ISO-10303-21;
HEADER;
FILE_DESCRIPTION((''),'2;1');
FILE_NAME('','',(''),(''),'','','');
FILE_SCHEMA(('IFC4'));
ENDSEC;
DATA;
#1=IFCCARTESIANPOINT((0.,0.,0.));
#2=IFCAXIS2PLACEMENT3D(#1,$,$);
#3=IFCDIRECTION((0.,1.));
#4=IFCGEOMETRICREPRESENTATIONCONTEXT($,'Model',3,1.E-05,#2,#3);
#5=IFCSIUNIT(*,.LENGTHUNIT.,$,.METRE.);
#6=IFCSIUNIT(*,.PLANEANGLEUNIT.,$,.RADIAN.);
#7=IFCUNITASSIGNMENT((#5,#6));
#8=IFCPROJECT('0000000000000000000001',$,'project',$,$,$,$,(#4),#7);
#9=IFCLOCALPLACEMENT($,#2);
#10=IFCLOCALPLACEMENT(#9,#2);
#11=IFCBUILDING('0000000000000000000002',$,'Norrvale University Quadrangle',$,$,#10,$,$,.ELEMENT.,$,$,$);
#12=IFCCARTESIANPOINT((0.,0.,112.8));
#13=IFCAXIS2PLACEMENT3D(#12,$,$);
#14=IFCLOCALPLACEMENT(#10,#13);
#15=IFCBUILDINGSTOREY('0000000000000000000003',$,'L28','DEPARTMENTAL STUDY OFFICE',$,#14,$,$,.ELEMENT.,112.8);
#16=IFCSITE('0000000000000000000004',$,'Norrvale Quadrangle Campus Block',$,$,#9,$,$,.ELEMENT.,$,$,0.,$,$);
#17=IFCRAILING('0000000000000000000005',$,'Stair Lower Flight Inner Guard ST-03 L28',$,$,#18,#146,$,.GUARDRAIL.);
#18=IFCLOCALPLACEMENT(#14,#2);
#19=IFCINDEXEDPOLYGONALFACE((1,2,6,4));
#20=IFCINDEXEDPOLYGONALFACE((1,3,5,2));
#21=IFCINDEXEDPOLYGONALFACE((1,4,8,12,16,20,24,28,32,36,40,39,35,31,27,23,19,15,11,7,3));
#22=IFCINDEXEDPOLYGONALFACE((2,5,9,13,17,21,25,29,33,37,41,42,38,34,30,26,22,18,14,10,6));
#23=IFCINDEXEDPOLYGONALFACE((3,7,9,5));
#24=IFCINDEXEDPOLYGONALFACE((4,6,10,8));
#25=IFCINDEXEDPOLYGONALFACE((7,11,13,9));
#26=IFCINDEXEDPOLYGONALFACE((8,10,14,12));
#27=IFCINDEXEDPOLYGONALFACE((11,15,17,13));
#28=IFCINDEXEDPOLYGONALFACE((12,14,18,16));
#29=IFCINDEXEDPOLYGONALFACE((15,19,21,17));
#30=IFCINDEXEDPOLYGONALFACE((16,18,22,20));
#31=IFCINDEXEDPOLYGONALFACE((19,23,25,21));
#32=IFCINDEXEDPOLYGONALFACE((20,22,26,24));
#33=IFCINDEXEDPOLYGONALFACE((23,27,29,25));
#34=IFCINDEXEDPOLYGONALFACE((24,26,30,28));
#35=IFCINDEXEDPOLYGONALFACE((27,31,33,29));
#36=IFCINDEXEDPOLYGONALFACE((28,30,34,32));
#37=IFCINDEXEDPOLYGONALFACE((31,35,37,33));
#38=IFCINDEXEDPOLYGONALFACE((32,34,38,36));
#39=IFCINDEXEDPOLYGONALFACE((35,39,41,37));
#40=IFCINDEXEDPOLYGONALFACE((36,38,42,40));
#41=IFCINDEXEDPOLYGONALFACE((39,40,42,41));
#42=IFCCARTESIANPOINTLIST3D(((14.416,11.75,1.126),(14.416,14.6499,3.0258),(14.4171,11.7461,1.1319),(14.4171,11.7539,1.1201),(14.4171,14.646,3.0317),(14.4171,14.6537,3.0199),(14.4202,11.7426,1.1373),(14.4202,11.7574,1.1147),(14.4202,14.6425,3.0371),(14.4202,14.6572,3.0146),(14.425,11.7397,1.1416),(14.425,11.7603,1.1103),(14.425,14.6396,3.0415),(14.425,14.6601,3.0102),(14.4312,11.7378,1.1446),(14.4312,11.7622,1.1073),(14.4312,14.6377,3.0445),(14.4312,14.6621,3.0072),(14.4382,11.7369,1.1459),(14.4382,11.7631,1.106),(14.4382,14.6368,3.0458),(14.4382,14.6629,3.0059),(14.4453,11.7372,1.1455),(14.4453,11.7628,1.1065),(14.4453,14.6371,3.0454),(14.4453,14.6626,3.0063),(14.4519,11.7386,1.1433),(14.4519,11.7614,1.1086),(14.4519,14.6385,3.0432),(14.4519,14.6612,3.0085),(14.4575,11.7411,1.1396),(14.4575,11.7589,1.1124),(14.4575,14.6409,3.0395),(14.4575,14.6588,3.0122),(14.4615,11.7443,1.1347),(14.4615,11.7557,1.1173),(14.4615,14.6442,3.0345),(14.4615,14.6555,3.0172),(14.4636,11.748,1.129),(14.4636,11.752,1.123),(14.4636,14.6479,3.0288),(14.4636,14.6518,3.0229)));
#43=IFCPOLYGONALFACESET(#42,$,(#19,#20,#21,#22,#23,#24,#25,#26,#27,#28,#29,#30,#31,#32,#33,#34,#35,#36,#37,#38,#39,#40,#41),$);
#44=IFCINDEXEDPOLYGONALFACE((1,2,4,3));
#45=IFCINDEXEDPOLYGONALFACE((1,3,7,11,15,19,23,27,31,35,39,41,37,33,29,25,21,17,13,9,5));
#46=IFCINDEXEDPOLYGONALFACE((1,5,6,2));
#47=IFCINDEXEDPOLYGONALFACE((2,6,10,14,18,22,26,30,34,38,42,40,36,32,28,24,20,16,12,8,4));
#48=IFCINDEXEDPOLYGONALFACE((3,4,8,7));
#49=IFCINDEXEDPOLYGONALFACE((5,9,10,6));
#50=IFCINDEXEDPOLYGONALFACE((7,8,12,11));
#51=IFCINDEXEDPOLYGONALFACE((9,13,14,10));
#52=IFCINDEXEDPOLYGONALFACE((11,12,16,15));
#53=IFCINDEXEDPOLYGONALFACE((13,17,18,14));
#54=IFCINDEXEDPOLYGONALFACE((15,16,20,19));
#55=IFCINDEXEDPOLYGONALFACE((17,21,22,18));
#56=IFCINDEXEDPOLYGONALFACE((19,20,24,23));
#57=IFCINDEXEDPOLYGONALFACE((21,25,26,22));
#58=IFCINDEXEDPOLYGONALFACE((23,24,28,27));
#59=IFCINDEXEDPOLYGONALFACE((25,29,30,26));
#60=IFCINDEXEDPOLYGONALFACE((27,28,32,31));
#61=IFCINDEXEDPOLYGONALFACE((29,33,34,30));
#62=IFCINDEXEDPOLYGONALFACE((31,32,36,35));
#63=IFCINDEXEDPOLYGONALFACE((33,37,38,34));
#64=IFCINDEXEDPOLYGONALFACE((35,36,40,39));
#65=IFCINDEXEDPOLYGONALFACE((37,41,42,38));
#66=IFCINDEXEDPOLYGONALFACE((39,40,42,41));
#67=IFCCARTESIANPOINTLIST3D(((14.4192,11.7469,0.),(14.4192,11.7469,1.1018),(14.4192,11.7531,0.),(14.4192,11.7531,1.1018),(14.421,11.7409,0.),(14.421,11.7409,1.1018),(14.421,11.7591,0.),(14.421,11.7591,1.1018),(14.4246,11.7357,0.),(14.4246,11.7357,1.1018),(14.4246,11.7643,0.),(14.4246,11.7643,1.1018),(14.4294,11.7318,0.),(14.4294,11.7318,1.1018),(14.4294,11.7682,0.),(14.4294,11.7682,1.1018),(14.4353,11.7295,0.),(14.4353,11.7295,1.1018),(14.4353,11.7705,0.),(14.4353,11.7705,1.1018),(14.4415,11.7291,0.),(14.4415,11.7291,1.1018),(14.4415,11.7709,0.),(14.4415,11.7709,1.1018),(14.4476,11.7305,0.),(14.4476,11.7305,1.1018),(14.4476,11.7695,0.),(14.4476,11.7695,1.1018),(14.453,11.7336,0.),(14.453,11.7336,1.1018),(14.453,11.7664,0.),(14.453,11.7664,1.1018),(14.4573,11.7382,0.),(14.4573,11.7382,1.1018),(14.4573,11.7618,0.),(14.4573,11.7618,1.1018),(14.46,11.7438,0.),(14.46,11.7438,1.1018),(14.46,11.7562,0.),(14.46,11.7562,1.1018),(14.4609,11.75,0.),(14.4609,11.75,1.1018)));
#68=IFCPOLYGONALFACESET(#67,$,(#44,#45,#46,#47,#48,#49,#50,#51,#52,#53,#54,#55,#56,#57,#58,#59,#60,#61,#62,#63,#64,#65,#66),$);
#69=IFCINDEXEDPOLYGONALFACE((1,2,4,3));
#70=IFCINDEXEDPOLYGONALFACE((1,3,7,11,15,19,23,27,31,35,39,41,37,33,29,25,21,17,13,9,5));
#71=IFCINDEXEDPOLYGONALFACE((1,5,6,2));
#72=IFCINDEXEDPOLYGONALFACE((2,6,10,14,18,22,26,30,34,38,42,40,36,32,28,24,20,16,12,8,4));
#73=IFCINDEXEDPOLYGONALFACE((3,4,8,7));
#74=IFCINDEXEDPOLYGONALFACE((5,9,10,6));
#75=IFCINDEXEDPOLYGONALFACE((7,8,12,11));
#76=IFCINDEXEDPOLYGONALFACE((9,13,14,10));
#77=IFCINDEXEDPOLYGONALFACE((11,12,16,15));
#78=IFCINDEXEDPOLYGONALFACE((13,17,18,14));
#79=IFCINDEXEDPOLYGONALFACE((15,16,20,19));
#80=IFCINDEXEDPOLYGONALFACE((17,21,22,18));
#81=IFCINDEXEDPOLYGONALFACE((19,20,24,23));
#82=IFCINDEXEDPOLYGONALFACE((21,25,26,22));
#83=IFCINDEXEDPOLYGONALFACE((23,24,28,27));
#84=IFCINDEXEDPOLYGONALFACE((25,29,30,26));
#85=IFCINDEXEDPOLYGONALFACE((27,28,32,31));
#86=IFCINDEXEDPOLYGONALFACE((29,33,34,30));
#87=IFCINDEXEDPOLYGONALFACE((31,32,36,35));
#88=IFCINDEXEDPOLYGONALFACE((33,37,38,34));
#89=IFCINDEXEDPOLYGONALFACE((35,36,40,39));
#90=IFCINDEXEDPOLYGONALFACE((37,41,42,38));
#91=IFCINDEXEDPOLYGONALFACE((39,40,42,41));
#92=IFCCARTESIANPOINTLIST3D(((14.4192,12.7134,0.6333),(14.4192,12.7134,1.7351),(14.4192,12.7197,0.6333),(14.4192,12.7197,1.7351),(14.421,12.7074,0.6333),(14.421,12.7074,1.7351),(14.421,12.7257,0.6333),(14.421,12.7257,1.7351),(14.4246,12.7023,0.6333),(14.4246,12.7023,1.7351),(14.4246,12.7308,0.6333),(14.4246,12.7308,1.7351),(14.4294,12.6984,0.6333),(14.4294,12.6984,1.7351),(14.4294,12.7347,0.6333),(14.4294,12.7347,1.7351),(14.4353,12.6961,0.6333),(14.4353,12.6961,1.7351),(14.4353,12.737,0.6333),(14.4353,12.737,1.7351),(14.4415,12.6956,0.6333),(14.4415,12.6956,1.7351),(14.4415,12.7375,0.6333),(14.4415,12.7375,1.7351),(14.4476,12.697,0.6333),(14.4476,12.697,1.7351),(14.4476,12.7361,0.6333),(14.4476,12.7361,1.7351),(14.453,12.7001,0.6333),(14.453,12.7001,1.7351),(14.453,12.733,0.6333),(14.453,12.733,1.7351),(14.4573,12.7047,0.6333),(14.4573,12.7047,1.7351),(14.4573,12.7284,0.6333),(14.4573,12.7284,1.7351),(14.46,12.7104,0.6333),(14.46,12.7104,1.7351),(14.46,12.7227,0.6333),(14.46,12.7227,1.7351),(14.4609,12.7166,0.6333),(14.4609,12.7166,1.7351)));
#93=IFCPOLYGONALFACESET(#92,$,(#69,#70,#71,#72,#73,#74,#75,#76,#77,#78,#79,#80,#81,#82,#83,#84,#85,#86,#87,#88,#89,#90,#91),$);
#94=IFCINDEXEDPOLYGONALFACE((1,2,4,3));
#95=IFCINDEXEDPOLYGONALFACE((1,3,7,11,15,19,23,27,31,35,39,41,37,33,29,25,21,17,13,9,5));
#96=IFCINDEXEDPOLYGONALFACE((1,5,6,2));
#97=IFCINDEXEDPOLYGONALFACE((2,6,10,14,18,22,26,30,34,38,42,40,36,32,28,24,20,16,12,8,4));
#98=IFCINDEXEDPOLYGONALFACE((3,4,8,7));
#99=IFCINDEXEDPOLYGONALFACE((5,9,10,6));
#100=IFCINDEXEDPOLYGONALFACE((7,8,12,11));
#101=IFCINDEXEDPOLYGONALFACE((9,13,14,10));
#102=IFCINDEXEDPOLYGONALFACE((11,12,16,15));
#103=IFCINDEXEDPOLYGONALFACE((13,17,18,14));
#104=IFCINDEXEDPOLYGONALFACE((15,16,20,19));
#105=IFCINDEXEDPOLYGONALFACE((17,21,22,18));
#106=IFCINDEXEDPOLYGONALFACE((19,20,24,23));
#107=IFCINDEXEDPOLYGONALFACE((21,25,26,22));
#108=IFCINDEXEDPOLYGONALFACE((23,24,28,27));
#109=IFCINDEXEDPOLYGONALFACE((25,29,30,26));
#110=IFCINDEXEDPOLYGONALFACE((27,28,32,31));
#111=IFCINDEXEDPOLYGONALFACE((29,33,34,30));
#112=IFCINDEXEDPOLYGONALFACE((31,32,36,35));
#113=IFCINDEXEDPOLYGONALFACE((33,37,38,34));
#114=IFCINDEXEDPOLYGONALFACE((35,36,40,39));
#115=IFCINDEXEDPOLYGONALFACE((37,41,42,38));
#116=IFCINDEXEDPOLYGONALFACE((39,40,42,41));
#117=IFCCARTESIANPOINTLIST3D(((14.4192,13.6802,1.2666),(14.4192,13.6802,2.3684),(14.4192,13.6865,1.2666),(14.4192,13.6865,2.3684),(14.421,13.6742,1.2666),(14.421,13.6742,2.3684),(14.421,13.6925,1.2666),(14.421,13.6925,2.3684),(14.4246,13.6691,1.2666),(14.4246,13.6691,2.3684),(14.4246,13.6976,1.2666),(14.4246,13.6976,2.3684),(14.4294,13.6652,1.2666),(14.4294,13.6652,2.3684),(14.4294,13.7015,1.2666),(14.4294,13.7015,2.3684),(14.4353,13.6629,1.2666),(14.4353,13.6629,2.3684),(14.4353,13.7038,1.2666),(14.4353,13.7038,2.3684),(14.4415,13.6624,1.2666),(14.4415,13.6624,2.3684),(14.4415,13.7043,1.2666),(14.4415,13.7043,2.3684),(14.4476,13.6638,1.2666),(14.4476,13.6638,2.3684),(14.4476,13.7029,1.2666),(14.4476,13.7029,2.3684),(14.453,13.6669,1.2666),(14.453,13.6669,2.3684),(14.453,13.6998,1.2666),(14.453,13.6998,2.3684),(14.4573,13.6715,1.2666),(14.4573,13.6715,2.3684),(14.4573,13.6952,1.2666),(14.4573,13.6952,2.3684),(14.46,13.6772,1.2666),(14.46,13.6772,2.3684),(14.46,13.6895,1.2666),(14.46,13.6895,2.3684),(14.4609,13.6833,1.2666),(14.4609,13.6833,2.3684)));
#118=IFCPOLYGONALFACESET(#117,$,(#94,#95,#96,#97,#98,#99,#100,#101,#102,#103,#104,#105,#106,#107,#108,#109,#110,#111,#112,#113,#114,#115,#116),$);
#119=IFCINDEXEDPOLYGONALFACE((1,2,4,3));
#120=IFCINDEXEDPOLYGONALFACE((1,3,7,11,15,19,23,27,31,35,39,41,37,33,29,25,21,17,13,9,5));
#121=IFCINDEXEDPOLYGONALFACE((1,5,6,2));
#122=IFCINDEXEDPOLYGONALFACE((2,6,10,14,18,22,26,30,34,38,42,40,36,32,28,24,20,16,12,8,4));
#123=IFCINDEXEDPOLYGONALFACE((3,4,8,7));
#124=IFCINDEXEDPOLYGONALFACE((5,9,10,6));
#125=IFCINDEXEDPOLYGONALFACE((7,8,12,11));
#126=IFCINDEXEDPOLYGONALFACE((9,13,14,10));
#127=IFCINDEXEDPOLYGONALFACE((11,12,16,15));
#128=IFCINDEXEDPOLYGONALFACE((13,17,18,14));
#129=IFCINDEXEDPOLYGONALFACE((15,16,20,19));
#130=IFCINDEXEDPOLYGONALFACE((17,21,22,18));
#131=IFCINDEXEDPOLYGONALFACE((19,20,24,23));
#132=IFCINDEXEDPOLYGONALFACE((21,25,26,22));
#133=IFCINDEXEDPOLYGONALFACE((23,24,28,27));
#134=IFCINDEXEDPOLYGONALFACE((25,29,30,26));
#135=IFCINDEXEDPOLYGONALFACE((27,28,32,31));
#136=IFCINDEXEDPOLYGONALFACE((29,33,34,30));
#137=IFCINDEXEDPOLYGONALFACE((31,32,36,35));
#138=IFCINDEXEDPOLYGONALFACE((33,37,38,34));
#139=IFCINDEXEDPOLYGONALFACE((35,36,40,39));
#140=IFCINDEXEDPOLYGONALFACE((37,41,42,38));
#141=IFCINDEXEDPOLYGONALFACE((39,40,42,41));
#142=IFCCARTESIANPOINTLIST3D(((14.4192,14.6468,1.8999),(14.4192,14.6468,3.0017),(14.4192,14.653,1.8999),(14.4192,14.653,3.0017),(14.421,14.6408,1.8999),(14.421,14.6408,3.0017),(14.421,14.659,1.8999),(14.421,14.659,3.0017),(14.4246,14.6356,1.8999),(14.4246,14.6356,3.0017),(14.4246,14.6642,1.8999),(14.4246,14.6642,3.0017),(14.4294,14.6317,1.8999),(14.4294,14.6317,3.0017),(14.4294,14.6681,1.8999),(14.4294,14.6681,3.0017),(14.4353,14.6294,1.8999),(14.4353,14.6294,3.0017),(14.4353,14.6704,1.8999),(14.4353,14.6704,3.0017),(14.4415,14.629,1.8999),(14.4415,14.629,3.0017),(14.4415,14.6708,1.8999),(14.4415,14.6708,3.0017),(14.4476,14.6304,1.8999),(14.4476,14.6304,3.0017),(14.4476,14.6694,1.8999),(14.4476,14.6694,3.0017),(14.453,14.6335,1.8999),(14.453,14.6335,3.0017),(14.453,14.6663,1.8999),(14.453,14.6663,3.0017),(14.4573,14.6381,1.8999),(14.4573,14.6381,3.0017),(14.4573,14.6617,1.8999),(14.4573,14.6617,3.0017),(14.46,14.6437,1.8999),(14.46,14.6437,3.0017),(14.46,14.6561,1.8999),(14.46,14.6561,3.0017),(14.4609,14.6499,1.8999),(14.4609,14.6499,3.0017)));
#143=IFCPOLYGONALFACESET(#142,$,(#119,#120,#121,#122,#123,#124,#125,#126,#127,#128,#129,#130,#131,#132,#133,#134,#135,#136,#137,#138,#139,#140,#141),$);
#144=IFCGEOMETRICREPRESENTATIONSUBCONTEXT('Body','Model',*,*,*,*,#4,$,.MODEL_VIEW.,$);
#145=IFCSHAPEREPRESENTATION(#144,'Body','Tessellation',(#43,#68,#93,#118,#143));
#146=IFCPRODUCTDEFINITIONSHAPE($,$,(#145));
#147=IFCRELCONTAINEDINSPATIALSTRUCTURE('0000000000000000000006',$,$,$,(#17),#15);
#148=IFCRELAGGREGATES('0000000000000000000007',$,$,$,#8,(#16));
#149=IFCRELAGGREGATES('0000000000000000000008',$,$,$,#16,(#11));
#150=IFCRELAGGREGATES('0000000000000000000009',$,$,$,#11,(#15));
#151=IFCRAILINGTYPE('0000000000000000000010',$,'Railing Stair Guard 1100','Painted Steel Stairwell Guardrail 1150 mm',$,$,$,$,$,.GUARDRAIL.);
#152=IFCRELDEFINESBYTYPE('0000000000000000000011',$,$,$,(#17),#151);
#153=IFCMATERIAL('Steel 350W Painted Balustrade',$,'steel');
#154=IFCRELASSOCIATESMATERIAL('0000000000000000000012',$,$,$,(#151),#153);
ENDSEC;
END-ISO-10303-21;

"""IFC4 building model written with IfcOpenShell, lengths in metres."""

from ifc_helpers import new_model, si_unit, direction, frame, origin, origin_2d, place, context, subcontext, project, spatial, circle, extrude, material, type_object, element, save


model = new_model("IFC4")

# Units and contexts
model_context = context("Model", 3, precision=1e-05, world=origin(), true_north=direction((0.0, 1.0)))
body_context = subcontext(model_context, "Body", "Model", "MODEL_VIEW")
ifc_project = project(units=[si_unit("LENGTHUNIT", "METRE"), si_unit("PLANEANGLEUNIT", "RADIAN")], contexts=[model_context])

# Site, building, storey
site_placement = place(None, origin())
site = spatial("IfcSite", under=ifc_project, at=site_placement, Name="Norrvale Quadrangle Campus Block", CompositionType="ELEMENT", RefElevation=0.0)
building_placement = place(site_placement, origin())
building = spatial("IfcBuilding", under=site, at=building_placement, Name="Norrvale University Quadrangle", CompositionType="ELEMENT")
storey_placement = place(building_placement, frame((0.0, 0.0, 112.8)))
storey = spatial("IfcBuildingStorey", under=building, at=storey_placement, Name="L28", Description="DEPARTMENTAL STUDY OFFICE", CompositionType="ELEMENT", Elevation=112.8)

# Railing
ifc_material_1 = material(Name="Steel 350W Painted Balustrade", Category="steel")
railing_type_1 = type_object("IfcRailingType", Name="Railing Stair Guard 1100", Description="Painted Steel Stairwell Guardrail 1150 mm", PredefinedType="GUARDRAIL", material=ifc_material_1)
railing_1_placement = place(storey_placement, frame((14.4399, 11.75, 0.0)))
element("IfcRailing", 1, at=railing_1_placement, inside=storey, type_object=railing_type_1, Name="Stair Lower Flight Inner Guard ST-03 L28", PredefinedType="GUARDRAIL", context=body_context, shape_type="SweptSolid", body=[
    extrude(circle(Radius=0.0239, at=origin_2d()), frame((0.0, 0.0, 1.126), z_axis=(0.0, 0.836466, 0.548019), x_axis=(-1.0, 0.0, 0.0)), (0.0, 0.0, 1.0), 3.4668),
    extrude(circle(Radius=0.021, at=origin_2d()), origin(), (0.0, 0.0, 1.0), 1.1018),
    extrude(circle(Radius=0.021, at=origin_2d()), frame((0.0, 0.9666, 0.6333)), (0.0, 0.0, 1.0), 1.1018),
    extrude(circle(Radius=0.021, at=origin_2d()), frame((0.0, 1.9333, 1.2666)), (0.0, 0.0, 1.0), 1.1018),
    extrude(circle(Radius=0.021, at=origin_2d()), frame((0.0, 2.8999, 1.8999)), (0.0, 0.0, 1.0), 1.1018),
])

save(model, "model.ifc")
